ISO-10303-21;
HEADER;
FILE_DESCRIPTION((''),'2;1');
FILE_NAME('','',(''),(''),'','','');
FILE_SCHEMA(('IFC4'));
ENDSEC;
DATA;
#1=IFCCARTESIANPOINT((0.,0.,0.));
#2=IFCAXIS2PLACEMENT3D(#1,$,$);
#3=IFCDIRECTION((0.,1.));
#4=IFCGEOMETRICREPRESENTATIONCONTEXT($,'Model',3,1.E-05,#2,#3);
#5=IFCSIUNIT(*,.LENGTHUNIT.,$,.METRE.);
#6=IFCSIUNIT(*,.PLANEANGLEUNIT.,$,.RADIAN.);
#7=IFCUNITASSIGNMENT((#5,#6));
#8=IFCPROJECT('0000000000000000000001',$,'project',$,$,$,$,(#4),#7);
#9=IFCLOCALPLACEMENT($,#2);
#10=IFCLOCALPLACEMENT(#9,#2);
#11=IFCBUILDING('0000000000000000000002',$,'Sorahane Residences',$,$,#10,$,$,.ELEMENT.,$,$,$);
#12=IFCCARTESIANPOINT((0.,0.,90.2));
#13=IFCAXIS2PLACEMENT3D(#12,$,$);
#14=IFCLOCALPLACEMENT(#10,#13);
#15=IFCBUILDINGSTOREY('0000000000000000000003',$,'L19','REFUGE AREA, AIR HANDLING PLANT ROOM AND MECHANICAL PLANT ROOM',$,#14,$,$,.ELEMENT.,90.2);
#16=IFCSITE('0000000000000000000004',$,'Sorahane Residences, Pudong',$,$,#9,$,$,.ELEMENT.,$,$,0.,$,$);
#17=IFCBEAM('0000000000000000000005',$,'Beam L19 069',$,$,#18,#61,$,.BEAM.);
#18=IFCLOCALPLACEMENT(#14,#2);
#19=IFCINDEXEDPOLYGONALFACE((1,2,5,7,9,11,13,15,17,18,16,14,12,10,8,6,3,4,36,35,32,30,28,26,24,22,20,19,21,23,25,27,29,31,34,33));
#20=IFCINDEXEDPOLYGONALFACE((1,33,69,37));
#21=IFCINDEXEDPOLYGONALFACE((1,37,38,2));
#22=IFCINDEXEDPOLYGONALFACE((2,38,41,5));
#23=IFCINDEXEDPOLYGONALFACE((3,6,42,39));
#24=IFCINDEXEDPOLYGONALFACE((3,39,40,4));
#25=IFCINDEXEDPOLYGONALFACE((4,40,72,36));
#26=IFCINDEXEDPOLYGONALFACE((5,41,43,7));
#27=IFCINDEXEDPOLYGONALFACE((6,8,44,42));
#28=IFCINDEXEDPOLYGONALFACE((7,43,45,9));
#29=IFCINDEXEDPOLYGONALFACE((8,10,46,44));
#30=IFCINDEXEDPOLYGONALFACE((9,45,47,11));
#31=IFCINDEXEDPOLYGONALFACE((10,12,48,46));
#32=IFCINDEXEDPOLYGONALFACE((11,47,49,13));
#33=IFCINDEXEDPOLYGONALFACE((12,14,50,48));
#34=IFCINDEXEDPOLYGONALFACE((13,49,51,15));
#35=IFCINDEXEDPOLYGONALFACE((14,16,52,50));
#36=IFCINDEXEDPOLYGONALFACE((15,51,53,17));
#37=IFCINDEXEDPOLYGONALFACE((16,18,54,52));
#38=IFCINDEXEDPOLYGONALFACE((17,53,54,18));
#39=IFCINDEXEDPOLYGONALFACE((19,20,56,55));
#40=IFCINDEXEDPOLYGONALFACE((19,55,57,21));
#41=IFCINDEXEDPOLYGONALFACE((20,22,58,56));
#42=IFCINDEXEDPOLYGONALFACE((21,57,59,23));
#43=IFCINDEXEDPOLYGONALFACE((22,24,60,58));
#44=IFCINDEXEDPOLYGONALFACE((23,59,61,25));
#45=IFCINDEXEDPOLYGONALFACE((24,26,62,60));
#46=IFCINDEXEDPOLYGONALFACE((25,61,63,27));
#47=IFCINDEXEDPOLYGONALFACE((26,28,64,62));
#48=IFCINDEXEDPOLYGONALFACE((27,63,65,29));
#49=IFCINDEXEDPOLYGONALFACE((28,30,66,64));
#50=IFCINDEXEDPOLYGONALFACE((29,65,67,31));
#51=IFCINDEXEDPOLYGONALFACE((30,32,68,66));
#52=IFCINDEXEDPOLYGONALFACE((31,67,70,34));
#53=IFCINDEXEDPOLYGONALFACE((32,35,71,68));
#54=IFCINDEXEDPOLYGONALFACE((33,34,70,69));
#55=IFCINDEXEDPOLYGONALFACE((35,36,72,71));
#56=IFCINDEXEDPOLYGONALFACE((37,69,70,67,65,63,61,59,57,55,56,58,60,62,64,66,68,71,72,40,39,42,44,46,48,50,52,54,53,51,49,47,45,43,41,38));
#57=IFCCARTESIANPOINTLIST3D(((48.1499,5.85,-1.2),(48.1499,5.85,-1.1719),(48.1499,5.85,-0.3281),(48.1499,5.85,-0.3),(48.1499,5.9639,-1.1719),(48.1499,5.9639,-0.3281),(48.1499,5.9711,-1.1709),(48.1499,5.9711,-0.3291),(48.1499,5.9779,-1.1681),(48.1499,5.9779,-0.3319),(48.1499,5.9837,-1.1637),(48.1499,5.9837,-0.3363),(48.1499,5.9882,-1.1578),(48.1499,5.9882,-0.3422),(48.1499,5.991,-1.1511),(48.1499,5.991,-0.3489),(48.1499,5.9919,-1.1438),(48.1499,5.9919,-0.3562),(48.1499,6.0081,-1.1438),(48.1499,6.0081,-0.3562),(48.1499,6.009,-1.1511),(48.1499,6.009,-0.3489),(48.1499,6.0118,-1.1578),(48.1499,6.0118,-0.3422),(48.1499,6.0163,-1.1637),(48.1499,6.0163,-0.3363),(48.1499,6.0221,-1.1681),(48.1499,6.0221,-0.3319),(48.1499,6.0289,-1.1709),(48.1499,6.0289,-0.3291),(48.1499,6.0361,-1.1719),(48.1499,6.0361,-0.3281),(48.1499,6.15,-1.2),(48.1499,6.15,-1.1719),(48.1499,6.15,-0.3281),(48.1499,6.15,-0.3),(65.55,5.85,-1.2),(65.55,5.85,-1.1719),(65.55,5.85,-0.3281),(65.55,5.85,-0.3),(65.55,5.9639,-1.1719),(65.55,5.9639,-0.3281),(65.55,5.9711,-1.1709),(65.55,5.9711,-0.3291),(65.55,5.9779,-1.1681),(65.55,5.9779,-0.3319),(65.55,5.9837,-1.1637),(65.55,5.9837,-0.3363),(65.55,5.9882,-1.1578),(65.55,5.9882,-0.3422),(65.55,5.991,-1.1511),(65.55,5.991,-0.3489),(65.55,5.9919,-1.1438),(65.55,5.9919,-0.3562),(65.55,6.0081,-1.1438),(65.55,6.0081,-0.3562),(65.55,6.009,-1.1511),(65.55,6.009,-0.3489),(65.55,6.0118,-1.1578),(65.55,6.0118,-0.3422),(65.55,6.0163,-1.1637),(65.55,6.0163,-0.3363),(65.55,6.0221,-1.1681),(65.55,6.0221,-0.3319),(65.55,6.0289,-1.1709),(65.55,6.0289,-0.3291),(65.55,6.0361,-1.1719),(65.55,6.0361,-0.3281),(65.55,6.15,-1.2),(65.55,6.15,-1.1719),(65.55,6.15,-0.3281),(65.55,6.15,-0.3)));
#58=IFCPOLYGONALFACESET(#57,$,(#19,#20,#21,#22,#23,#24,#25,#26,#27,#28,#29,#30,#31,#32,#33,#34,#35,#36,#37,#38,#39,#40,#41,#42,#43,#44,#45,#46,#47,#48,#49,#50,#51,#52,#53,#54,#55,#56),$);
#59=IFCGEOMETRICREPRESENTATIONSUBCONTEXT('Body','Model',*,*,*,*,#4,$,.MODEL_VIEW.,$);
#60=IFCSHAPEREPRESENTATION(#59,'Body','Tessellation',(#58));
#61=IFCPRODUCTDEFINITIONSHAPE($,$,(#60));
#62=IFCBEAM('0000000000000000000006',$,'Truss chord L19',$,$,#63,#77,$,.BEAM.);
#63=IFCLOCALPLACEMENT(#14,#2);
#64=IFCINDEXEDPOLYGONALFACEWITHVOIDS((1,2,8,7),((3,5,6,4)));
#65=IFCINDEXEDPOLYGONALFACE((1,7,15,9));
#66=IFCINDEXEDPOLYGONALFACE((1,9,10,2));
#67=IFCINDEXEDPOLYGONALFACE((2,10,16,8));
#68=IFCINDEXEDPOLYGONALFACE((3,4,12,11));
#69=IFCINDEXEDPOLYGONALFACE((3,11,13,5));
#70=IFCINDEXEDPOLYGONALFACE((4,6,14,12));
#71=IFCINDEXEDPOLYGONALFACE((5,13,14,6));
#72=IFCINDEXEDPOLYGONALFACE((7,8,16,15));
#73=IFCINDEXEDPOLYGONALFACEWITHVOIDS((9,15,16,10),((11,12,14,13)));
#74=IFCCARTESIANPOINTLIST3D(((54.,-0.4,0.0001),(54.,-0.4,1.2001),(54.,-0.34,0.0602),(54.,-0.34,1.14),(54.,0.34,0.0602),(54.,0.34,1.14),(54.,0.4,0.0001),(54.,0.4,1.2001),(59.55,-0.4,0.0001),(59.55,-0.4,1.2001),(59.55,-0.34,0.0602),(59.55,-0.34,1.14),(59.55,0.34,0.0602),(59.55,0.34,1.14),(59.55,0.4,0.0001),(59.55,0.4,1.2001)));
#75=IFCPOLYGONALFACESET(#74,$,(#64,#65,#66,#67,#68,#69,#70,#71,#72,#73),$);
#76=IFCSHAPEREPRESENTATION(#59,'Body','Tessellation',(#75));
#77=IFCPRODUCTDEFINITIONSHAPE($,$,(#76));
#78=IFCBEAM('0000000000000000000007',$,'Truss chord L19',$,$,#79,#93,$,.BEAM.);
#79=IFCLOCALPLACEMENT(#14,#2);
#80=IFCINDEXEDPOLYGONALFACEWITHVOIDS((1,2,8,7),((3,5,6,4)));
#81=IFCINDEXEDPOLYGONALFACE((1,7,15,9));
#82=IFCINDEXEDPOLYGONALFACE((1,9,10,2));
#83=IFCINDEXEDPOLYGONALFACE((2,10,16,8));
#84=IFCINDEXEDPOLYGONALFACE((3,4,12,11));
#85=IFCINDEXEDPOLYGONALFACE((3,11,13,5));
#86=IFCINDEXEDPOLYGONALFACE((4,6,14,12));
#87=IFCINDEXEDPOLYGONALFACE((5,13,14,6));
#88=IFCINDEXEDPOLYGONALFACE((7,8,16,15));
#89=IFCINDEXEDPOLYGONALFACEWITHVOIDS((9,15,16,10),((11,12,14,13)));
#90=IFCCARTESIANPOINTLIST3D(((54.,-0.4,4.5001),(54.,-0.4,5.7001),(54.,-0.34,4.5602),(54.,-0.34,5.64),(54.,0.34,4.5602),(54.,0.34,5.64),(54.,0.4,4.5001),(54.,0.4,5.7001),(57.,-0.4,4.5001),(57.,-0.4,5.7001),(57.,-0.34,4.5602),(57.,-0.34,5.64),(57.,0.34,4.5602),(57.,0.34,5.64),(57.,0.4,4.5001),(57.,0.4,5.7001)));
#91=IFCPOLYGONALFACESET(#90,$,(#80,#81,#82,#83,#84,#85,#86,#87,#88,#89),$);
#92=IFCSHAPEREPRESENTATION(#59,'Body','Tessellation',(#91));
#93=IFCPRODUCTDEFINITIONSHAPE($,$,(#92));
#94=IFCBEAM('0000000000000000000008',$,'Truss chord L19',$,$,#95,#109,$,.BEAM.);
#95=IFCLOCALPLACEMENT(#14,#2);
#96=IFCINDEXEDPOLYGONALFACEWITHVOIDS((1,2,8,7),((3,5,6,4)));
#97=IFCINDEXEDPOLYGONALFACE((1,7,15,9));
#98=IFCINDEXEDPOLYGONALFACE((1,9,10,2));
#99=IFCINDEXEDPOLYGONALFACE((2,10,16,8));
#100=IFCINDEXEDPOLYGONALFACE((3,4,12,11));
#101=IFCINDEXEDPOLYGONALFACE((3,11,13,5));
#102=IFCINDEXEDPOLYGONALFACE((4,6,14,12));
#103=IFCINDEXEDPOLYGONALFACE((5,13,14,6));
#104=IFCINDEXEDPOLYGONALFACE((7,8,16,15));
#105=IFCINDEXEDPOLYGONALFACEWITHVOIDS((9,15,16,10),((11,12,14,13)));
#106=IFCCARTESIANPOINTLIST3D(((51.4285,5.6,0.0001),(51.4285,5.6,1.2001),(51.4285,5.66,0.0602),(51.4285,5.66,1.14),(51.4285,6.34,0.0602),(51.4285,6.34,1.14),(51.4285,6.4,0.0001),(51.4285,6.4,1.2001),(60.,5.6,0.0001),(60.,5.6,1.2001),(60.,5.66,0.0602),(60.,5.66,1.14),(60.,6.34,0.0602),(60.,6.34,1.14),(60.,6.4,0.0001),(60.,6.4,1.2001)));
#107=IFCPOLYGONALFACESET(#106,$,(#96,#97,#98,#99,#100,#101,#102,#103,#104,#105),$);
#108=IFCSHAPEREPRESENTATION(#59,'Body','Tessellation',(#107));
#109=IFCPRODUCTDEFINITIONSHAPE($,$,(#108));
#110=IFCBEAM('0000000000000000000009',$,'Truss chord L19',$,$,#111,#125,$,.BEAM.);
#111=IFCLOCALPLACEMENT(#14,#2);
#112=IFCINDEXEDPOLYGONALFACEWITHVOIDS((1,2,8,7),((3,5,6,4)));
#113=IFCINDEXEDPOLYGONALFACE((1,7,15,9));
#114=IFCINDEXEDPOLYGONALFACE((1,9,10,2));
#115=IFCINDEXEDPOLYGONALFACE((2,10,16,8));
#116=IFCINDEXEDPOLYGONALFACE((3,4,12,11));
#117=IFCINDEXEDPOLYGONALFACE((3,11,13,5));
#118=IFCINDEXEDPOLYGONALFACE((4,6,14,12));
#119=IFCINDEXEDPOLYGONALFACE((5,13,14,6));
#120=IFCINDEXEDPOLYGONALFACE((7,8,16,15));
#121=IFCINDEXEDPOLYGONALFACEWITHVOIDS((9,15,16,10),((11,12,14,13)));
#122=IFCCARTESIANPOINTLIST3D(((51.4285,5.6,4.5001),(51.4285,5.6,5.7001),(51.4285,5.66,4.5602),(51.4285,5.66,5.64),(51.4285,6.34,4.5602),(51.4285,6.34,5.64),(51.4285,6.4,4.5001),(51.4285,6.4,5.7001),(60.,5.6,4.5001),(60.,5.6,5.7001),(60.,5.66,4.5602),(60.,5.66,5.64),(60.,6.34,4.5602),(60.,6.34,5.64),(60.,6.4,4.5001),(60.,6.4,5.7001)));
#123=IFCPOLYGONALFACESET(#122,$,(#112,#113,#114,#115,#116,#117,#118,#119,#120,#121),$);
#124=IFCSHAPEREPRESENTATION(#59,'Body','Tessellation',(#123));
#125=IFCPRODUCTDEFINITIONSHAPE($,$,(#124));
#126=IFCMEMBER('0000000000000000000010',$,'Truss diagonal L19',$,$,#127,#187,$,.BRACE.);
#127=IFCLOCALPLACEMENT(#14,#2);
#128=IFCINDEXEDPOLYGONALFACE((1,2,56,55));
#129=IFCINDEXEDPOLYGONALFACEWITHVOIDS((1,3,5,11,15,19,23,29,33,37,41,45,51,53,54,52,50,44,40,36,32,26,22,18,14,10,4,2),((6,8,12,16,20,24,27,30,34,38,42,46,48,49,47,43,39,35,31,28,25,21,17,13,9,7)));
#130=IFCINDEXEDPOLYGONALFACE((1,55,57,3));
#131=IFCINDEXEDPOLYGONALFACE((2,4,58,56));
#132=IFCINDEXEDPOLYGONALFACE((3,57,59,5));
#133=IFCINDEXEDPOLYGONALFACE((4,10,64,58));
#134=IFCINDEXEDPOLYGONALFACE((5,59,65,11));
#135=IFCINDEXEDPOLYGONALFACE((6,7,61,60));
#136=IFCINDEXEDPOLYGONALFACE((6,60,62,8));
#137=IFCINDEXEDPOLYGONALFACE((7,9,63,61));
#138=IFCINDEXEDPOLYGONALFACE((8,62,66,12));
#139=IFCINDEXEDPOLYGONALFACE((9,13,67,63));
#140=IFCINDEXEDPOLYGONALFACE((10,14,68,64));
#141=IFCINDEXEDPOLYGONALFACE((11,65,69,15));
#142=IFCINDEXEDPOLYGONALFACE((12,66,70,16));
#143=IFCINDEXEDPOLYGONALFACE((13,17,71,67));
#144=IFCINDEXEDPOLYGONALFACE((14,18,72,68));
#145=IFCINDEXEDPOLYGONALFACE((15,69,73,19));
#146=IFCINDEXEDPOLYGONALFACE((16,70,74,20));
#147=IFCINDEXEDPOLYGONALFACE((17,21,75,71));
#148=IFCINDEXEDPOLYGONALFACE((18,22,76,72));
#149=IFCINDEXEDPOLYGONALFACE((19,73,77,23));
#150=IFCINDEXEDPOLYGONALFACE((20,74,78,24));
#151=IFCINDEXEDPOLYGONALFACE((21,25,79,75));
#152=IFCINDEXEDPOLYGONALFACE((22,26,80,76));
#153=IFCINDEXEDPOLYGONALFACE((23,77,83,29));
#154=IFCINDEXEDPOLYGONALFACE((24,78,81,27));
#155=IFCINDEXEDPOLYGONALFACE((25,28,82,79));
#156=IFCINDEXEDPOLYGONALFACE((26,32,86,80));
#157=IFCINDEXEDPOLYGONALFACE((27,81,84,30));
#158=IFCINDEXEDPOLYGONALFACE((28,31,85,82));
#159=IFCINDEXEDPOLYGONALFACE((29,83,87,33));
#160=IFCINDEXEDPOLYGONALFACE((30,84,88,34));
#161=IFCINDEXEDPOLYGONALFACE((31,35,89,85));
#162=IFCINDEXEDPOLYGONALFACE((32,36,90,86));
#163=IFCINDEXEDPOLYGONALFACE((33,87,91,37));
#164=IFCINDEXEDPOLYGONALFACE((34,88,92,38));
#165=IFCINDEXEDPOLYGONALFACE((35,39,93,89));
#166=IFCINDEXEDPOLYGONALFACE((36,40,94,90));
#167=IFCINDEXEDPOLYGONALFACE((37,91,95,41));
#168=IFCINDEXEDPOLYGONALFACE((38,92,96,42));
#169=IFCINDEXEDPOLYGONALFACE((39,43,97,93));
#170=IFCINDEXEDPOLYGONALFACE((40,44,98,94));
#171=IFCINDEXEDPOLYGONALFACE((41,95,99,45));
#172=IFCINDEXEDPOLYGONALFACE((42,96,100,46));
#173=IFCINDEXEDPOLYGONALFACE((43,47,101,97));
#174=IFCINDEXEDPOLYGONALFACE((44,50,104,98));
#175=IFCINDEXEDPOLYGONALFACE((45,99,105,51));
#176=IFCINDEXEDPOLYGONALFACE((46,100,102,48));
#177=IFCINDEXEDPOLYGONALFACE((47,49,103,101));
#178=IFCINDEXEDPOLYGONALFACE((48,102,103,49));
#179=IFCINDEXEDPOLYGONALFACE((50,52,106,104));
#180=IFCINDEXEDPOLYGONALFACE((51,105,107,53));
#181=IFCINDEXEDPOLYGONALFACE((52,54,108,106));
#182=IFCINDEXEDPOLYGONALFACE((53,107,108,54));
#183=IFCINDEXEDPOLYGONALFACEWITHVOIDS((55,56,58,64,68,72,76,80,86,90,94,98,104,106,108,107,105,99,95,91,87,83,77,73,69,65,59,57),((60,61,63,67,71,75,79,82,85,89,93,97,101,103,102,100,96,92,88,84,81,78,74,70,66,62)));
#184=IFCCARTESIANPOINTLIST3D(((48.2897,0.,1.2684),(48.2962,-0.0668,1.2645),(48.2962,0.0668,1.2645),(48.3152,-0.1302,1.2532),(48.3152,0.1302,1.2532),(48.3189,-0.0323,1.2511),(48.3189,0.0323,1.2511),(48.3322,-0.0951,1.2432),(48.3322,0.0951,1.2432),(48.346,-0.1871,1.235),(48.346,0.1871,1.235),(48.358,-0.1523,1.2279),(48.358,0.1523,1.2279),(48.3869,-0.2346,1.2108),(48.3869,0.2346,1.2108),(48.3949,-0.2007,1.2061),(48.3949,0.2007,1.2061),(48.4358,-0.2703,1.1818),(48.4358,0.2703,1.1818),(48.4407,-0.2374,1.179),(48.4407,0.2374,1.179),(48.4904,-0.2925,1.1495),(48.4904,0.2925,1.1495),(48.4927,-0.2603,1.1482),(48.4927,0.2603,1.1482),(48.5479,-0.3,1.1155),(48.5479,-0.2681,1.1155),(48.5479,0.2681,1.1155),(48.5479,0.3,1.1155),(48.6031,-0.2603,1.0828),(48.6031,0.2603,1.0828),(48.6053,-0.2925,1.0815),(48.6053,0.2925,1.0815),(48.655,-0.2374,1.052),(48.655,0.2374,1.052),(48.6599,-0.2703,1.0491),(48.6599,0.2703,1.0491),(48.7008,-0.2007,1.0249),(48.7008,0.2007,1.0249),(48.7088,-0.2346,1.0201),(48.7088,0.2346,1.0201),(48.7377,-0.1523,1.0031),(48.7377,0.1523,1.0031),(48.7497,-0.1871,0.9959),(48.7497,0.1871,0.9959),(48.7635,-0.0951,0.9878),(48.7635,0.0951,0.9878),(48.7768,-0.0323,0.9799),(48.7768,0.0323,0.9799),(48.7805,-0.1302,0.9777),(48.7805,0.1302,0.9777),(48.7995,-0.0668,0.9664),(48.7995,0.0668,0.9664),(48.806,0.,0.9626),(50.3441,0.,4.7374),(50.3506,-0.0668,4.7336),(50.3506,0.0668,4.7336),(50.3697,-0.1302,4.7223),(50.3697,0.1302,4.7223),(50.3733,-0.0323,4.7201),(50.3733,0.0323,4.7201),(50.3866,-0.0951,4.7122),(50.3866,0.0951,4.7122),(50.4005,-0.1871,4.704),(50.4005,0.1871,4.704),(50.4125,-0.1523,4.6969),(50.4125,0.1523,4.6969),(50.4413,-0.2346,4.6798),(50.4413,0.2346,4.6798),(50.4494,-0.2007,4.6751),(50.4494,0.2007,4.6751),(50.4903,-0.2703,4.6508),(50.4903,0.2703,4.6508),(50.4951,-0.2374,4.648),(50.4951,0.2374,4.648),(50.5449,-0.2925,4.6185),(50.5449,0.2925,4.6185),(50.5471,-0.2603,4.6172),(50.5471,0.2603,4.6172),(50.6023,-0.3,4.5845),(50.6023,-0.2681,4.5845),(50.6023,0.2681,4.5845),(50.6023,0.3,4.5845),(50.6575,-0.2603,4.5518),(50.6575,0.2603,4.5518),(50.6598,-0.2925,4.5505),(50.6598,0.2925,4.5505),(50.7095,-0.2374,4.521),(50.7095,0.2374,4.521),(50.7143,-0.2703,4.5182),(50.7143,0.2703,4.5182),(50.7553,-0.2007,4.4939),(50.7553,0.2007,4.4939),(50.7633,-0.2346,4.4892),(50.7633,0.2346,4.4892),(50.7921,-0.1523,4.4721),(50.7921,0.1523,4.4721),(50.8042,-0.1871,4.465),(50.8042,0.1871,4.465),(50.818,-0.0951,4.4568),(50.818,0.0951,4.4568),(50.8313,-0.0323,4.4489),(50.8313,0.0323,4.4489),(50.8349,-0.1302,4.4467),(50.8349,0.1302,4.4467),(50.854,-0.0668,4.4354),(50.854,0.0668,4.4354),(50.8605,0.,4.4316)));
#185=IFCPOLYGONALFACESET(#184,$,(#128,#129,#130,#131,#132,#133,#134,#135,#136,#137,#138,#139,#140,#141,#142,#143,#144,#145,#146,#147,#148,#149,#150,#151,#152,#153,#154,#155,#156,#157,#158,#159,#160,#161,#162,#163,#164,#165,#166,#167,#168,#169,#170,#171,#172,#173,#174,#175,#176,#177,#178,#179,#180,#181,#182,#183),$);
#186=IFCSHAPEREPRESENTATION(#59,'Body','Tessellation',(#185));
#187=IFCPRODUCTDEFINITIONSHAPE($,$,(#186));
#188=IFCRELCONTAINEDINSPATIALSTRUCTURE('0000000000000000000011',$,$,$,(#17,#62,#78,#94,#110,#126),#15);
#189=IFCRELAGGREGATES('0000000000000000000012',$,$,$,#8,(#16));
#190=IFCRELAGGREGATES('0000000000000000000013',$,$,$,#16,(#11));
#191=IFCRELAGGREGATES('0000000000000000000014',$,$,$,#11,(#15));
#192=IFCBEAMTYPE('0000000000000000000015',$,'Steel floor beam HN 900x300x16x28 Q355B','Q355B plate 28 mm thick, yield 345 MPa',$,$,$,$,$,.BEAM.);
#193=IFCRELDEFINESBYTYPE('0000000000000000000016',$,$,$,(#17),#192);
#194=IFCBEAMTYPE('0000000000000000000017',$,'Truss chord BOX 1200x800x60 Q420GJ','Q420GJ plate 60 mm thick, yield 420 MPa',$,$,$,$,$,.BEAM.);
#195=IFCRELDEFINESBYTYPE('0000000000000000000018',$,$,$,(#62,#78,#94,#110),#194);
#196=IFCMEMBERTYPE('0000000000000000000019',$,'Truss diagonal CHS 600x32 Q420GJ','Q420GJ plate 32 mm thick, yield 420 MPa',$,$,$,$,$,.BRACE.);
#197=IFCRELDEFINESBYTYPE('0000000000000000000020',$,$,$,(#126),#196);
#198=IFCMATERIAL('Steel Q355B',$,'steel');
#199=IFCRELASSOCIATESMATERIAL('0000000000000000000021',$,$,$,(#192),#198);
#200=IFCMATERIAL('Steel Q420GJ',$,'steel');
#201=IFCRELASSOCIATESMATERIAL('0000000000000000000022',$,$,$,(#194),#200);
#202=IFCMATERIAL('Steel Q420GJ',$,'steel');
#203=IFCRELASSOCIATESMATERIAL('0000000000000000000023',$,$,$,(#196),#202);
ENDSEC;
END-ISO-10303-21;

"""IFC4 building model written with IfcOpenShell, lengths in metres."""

from ifc_helpers import new_model, si_unit, direction, frame, origin, origin_2d, place, context, subcontext, project, spatial, hollow_rectangle, hollow_circle, i_section, extrude, material, material_profile, profile_set, type_object, element, save


model = new_model("IFC4")

# Units and contexts
model_context = context("Model", 3, precision=1e-05, world=origin(), true_north=direction((0.0, 1.0)))
body_context = subcontext(model_context, "Body", "Model", "MODEL_VIEW")
ifc_project = project(units=[si_unit("LENGTHUNIT", "METRE"), si_unit("PLANEANGLEUNIT", "RADIAN")], contexts=[model_context])

# Site, building, storey
site_placement = place(None, origin())
site = spatial("IfcSite", under=ifc_project, at=site_placement, Name="Sorahane Residences, Pudong", CompositionType="ELEMENT", RefElevation=0.0)
building_placement = place(site_placement, origin())
building = spatial("IfcBuilding", under=site, at=building_placement, Name="Sorahane Residences", CompositionType="ELEMENT")
storey_placement = place(building_placement, frame((0.0, 0.0, 90.2)))
storey = spatial("IfcBuildingStorey", under=building, at=storey_placement, Name="L19", Description="REFUGE AREA, AIR HANDLING PLANT ROOM AND MECHANICAL PLANT ROOM", CompositionType="ELEMENT", Elevation=90.2)

# Beams
ifc_material_1 = material(Name="Steel Q355B", Category="steel")
ifc_material_profile_1 = material_profile(ifc_material_1, i_section(OverallWidth=0.3, OverallDepth=0.8999, WebThickness=0.0161, FlangeThickness=0.0281, FilletRadius=0.0281, at=origin_2d()), Name="HN 900x300x16x28")
ifc_profile_set_1 = profile_set([ifc_material_profile_1], Name="Steel Q355B")
beam_type_1 = type_object("IfcBeamType", Name="Steel floor beam HN 900x300x16x28 Q355B", Description="Q355B plate 28 mm thick, yield 345 MPa", PredefinedType="BEAM", material=ifc_profile_set_1)
beam_1_placement = place(storey_placement, frame((48.1499, 6.0, -0.75), z_axis=(1.0, 0.0, 0.0), x_axis=(0.0, 1.0, 0.0)))
element("IfcBeam", 1, at=beam_1_placement, inside=storey, type_object=beam_type_1, Name="Beam L19 069", PredefinedType="BEAM", context=body_context, shape_type="SweptSolid", body=[
    extrude(i_section(OverallWidth=0.3, OverallDepth=0.8999, WebThickness=0.0161, FlangeThickness=0.0281, FilletRadius=0.0281, at=origin_2d()), origin(), (0.0, 0.0, 1.0), 17.4001),
])
ifc_material_2 = material(Name="Steel Q420GJ", Category="steel")
ifc_material_profile_2 = material_profile(ifc_material_2, hollow_rectangle(XDim=0.8, YDim=1.2, WallThickness=0.0601, at=origin_2d()), Name="BOX 1200x800x60")
ifc_profile_set_2 = profile_set([ifc_material_profile_2], Name="Steel Q420GJ")
beam_type_2 = type_object("IfcBeamType", Name="Truss chord BOX 1200x800x60 Q420GJ", Description="Q420GJ plate 60 mm thick, yield 420 MPa", PredefinedType="BEAM", material=ifc_profile_set_2)
beam_2_placement = place(storey_placement, frame((54.0, 0.0, 0.6001), z_axis=(1.0, 0.0, 0.0), x_axis=(0.0, 1.0, 0.0)))
element("IfcBeam", 2, at=beam_2_placement, inside=storey, type_object=beam_type_2, Name="Truss chord L19", PredefinedType="BEAM", context=body_context, shape_type="SweptSolid", body=[
    extrude(hollow_rectangle(XDim=0.8, YDim=1.2, WallThickness=0.0601, at=origin_2d()), origin(), (0.0, 0.0, 1.0), 5.55),
])
beam_3_placement = place(storey_placement, frame((54.0, 0.0, 5.1001), z_axis=(1.0, 0.0, 0.0), x_axis=(0.0, 1.0, 0.0)))
element("IfcBeam", 3, at=beam_3_placement, inside=storey, type_object=beam_type_2, Name="Truss chord L19", PredefinedType="BEAM", context=body_context, shape_type="SweptSolid", body=[
    extrude(hollow_rectangle(XDim=0.8, YDim=1.2, WallThickness=0.0601, at=origin_2d()), origin(), (0.0, 0.0, 1.0), 3.0),
])
for number, where, z_axis, x_axis, name in (
    (4, (51.4285, 6.0, 0.6001), (1.0, 0.0, 0.0), (0.0, 1.0, 0.0), "Truss chord L19"),
    (5, (51.4285, 6.0, 5.1001), (1.0, 0.0, 0.0), (0.0, 1.0, 0.0), "Truss chord L19"),
):
    element("IfcBeam", number, at=place(storey_placement, frame(where, z_axis=z_axis, x_axis=x_axis)), inside=storey, type_object=beam_type_2, Name=name, PredefinedType="BEAM", context=body_context, shape_type="SweptSolid", body=[
        extrude(hollow_rectangle(XDim=0.8, YDim=1.2, WallThickness=0.0601, at=origin_2d()), origin(), (0.0, 0.0, 1.0), 8.5715),
    ])

# Member
ifc_material_3 = material(Name="Steel Q420GJ", Category="steel")
ifc_material_profile_3 = material_profile(ifc_material_3, hollow_circle(Radius=0.3, WallThickness=0.032, at=origin_2d()), Name="CHS 600x32")
ifc_profile_set_3 = profile_set([ifc_material_profile_3], Name="Steel Q420GJ")
member_type = type_object("IfcMemberType", Name="Truss diagonal CHS 600x32 Q420GJ", Description="Q420GJ plate 32 mm thick, yield 420 MPa", PredefinedType="BRACE", material=ifc_profile_set_3)
member_1_placement = place(storey_placement, frame((48.5479, 0.0, 1.1155), z_axis=(0.509572, 0.0, 0.860428), x_axis=(0.0, 1.0, 0.0)))
element("IfcMember", 6, at=member_1_placement, inside=storey, type_object=member_type, Name="Truss diagonal L19", PredefinedType="BRACE", context=body_context, shape_type="SweptSolid", body=[
    extrude(hollow_circle(Radius=0.3, WallThickness=0.032, at=origin_2d()), origin(), (0.0, 0.0, 1.0), 4.0317),
])

save(model, "model.ifc")
